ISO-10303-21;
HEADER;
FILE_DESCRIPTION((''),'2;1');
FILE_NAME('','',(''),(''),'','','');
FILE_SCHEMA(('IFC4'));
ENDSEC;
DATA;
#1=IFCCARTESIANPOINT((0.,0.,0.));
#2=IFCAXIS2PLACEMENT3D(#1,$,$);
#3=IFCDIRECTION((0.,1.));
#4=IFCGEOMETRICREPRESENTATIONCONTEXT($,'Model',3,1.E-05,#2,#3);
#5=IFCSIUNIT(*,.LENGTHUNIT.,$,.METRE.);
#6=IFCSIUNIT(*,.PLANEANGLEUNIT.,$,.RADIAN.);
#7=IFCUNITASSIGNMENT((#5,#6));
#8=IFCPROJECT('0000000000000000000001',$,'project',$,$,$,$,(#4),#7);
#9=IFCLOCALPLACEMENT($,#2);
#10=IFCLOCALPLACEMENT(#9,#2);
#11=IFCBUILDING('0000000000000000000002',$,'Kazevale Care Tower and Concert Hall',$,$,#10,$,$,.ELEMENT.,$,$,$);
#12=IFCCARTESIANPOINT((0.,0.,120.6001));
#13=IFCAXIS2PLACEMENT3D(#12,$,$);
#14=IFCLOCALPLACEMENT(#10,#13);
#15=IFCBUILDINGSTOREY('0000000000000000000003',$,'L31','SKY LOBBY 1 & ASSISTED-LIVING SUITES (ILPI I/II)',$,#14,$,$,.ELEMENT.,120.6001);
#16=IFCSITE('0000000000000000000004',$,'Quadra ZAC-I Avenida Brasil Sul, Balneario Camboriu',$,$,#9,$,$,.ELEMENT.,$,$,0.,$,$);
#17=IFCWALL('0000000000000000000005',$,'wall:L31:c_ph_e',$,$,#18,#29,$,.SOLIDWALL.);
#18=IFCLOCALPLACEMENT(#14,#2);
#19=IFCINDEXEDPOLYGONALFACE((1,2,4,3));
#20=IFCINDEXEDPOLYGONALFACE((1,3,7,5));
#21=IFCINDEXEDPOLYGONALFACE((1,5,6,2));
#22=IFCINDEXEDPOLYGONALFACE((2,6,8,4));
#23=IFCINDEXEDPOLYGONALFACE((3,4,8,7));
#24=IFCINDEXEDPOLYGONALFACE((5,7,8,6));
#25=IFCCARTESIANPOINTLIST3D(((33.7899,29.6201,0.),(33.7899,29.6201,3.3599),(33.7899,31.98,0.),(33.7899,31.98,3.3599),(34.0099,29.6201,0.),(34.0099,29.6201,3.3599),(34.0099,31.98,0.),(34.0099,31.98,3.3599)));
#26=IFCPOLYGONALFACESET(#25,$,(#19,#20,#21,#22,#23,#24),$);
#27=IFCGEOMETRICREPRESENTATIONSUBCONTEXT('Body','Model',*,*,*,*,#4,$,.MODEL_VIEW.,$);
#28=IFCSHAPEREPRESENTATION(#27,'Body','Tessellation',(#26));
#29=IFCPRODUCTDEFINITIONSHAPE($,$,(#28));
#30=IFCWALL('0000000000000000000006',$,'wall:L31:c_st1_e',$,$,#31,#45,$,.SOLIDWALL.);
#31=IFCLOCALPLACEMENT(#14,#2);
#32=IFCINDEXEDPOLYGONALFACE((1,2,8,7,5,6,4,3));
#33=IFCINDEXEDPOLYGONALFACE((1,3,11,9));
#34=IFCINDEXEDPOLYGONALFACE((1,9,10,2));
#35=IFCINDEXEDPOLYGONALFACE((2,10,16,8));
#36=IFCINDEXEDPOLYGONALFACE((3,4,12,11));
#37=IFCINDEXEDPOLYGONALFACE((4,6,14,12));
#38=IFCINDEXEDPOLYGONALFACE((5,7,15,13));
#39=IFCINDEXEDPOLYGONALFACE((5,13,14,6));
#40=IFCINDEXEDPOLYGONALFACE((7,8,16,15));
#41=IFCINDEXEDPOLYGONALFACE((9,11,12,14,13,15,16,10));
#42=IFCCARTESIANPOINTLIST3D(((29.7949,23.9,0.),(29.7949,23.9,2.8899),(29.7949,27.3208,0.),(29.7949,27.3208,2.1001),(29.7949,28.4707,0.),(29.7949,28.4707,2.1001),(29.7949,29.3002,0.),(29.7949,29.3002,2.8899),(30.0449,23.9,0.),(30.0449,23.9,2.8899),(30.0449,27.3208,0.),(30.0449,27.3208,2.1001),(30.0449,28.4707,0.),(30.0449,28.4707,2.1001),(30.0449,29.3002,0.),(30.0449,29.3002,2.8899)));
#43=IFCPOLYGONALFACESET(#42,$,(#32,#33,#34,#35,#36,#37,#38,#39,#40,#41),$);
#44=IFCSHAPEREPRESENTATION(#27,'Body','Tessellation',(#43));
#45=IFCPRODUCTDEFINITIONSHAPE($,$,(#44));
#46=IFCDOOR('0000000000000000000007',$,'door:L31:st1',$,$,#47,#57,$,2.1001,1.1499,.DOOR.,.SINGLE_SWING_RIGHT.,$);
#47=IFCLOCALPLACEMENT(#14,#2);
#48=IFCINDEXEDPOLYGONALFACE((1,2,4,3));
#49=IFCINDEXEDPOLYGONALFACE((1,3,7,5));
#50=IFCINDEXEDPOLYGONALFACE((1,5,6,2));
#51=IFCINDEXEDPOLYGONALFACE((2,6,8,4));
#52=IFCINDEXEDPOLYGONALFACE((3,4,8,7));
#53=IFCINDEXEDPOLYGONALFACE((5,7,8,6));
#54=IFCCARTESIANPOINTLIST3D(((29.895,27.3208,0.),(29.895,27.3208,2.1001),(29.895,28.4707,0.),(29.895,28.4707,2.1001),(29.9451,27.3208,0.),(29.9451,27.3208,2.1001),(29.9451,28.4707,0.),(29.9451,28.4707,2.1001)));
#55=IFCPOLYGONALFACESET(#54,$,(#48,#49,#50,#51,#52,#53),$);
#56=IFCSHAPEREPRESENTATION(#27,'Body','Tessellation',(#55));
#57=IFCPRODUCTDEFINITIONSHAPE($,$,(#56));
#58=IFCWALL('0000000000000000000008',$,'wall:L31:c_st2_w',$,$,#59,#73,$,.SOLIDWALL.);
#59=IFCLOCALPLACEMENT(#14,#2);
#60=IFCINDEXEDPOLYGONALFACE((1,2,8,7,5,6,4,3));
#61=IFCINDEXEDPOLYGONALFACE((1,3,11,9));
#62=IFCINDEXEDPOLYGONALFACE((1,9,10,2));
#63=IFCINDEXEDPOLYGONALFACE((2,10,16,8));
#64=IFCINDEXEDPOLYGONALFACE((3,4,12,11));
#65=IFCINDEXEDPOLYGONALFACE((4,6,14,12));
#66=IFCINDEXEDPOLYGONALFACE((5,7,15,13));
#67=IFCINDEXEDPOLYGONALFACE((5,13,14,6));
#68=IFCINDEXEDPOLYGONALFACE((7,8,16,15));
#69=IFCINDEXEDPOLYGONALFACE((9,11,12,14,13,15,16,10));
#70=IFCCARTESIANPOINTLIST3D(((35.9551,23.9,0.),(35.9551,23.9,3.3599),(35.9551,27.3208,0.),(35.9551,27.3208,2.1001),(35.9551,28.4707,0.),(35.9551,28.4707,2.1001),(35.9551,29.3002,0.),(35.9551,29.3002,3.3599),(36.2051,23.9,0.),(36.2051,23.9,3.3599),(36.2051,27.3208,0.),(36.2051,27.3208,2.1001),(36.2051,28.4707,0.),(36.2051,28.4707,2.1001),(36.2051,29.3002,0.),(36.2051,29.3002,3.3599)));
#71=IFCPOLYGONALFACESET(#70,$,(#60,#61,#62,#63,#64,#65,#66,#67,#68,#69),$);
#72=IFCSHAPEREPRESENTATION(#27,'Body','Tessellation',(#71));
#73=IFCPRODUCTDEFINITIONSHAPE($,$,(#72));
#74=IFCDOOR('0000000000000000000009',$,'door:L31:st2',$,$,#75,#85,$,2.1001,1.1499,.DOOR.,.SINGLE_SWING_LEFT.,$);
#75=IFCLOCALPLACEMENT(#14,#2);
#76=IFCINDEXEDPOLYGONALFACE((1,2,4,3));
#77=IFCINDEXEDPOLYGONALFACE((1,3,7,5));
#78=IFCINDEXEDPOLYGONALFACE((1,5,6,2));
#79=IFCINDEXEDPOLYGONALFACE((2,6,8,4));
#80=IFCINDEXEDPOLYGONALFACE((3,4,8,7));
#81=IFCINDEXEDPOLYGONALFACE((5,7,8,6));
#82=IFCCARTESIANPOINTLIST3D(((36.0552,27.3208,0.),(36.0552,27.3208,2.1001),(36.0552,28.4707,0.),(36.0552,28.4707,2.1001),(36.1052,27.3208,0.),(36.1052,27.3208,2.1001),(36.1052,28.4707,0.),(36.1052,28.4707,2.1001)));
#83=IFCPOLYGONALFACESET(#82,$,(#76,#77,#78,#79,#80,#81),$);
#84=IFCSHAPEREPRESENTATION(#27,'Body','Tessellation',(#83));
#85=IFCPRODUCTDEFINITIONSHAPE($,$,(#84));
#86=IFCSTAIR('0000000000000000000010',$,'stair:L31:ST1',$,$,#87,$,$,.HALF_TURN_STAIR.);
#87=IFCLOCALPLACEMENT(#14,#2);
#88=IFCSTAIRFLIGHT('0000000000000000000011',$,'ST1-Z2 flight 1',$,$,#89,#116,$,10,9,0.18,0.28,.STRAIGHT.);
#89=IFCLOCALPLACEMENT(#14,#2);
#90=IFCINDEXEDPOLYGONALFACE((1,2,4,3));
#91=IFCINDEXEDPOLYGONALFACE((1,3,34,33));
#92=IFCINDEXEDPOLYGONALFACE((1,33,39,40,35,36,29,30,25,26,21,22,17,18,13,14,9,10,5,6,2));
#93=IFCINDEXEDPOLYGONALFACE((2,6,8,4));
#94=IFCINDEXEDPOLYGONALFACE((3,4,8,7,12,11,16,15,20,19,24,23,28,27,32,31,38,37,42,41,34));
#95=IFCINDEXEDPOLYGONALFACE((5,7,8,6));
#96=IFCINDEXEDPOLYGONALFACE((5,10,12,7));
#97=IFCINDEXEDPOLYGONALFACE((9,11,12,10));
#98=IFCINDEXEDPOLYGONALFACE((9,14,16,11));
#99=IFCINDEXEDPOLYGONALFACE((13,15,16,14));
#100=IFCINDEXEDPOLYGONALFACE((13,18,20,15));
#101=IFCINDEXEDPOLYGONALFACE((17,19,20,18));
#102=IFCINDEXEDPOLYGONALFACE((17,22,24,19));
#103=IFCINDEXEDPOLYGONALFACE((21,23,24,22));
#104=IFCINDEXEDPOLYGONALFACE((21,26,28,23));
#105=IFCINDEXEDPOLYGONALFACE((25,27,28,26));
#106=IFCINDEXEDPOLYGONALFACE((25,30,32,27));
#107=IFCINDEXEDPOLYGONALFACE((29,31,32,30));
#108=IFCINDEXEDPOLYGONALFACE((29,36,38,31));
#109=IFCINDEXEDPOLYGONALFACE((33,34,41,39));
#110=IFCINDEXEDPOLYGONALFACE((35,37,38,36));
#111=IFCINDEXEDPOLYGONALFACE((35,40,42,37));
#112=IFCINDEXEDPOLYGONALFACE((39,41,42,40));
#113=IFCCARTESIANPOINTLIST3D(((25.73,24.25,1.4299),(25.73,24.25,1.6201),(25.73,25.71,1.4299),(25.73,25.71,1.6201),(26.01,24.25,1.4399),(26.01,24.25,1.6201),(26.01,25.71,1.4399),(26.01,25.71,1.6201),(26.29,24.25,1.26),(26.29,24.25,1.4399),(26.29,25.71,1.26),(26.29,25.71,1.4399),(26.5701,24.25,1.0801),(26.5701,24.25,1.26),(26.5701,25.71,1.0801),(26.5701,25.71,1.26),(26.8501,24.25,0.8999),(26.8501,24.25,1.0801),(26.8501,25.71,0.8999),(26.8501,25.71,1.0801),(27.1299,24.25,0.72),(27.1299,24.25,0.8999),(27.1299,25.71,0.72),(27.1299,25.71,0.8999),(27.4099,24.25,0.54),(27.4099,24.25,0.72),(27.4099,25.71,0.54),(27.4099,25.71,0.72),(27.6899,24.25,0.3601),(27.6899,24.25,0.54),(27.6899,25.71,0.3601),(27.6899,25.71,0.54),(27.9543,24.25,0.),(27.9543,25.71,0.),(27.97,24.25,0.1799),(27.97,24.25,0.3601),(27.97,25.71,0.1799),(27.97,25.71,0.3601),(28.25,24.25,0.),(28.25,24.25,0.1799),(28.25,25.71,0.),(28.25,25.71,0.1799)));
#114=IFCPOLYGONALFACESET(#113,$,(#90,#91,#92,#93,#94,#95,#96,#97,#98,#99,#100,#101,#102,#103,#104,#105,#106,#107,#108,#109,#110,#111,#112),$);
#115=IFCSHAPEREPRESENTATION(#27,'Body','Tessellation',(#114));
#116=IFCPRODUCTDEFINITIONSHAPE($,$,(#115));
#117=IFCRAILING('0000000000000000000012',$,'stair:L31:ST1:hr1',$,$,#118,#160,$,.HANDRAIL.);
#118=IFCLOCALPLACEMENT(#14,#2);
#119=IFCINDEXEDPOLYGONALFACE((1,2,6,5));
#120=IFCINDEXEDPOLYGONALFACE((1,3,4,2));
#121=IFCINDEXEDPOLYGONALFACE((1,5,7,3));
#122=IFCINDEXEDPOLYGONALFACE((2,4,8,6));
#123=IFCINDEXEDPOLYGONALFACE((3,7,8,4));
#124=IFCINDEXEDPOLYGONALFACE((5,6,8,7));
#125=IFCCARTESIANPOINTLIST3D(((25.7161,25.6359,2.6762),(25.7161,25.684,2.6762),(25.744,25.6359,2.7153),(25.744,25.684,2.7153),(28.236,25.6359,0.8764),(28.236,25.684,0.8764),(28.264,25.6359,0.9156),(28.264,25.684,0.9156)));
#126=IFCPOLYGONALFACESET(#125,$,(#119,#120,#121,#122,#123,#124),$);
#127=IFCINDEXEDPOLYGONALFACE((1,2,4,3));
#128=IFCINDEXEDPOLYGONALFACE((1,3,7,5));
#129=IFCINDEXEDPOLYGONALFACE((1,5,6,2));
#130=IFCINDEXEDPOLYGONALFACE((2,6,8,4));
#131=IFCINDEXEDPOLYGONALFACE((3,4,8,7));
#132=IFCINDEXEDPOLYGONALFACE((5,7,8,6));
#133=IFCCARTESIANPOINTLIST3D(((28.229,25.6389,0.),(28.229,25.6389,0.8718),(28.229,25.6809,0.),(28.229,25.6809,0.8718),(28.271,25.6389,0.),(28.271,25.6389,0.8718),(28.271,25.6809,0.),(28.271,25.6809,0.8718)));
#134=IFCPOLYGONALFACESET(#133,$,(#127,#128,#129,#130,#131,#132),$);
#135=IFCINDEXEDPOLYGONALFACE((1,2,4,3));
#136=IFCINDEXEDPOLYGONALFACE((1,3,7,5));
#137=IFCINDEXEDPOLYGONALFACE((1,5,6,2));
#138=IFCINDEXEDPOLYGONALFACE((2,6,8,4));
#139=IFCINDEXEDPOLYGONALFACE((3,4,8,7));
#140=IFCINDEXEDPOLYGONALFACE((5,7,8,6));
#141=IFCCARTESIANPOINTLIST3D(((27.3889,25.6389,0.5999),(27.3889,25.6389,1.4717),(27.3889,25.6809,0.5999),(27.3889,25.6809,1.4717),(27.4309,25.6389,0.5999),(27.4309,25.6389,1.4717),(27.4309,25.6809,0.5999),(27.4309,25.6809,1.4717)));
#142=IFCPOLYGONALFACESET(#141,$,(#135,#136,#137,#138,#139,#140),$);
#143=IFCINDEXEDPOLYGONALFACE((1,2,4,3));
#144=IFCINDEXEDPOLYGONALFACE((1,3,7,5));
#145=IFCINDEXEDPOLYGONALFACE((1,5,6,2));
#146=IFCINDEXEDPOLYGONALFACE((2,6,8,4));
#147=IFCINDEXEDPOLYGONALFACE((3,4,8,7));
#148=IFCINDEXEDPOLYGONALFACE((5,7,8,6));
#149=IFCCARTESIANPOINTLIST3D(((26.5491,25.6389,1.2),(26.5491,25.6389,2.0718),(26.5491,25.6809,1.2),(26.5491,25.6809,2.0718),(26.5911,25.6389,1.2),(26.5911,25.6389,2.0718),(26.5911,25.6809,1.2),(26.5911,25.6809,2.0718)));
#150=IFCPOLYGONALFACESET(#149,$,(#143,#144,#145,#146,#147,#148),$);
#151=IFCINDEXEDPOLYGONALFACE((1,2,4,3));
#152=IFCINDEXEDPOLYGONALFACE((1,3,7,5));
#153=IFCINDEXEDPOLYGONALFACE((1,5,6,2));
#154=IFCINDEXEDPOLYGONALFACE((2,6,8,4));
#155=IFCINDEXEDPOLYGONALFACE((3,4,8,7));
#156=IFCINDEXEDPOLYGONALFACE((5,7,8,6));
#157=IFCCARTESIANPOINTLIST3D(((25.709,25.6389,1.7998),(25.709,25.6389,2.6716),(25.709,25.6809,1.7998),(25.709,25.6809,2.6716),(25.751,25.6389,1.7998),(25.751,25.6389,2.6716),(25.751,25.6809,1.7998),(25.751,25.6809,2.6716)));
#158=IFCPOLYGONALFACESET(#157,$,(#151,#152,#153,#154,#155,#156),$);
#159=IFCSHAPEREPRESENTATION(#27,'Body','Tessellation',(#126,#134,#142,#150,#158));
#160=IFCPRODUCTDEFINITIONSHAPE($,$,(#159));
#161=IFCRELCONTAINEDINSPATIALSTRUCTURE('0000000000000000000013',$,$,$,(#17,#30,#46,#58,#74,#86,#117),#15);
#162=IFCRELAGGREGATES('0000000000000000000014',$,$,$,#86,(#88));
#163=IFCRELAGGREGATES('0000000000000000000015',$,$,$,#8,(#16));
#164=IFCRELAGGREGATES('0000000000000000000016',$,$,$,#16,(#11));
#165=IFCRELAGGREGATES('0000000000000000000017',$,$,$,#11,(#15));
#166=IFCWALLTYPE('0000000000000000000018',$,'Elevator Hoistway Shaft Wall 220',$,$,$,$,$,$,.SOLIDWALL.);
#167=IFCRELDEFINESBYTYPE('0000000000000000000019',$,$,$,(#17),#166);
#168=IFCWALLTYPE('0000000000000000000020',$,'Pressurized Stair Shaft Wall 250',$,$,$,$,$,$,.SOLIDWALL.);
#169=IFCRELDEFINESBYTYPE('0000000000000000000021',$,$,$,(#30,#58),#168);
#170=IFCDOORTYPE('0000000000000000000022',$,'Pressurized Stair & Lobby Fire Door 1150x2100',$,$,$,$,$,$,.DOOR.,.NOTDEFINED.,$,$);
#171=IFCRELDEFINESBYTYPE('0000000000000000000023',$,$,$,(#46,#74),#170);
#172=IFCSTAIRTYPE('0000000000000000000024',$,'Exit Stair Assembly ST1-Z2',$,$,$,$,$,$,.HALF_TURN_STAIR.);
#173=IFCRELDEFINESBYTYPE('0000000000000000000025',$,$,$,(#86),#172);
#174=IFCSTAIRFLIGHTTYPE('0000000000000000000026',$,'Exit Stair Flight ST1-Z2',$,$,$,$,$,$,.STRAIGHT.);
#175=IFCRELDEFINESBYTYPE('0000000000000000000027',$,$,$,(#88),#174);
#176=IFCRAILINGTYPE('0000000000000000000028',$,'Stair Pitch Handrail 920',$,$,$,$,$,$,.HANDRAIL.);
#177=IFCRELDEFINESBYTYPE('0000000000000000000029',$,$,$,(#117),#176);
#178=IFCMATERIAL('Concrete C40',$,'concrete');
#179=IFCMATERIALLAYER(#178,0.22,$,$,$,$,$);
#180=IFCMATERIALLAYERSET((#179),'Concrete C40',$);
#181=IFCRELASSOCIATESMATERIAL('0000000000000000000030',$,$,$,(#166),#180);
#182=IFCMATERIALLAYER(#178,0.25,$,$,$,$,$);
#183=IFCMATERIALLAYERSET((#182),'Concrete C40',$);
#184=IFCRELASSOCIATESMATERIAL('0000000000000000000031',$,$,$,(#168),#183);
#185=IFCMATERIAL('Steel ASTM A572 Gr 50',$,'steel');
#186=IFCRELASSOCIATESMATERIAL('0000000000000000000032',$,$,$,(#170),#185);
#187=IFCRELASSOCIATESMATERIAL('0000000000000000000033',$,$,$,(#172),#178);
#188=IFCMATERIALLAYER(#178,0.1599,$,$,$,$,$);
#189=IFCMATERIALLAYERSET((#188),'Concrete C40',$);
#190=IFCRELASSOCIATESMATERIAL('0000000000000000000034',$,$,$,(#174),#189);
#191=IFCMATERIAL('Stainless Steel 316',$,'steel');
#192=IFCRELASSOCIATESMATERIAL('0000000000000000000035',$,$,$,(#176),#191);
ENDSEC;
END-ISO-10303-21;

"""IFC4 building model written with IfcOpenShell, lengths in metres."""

from ifc_helpers import new_model, si_unit, direction, frame, frame_2d, origin, origin_2d, place, context, subcontext, project, spatial, polyline, rectangle, outline, extrude, material, layer, layer_set, type_object, element, fill, aggregate, save


model = new_model("IFC4")

# Units and contexts
model_context = context("Model", 3, precision=1e-05, world=origin(), true_north=direction((0.0, 1.0)))
body_context = subcontext(model_context, "Body", "Model", "MODEL_VIEW")
ifc_project = project(units=[si_unit("LENGTHUNIT", "METRE"), si_unit("PLANEANGLEUNIT", "RADIAN")], contexts=[model_context])

# Site, building, storey
site_placement = place(None, origin())
site = spatial("IfcSite", under=ifc_project, at=site_placement, Name="Quadra ZAC-I Avenida Brasil Sul, Balneario Camboriu", CompositionType="ELEMENT", RefElevation=0.0)
building_placement = place(site_placement, origin())
building = spatial("IfcBuilding", under=site, at=building_placement, Name="Kazevale Care Tower and Concert Hall", CompositionType="ELEMENT")
storey_placement = place(building_placement, frame((0.0, 0.0, 120.6001)))
storey = spatial("IfcBuildingStorey", under=building, at=storey_placement, Name="L31", Description="SKY LOBBY 1 & ASSISTED-LIVING SUITES (ILPI I/II)", CompositionType="ELEMENT", Elevation=120.6001)

# Shared definitions
ifc_material_1 = material(Name="Steel ASTM A572 Gr 50", Category="steel")

# Shared definitions
ifc_material_2 = material(Name="Concrete C40", Category="concrete")
ifc_layer_1 = layer(ifc_material_2, 0.22)
ifc_layer_set_1 = layer_set([ifc_layer_1], Name="Concrete C40")
wall_type_1 = type_object("IfcWallType", Name="Elevator Hoistway Shaft Wall 220", PredefinedType="SOLIDWALL", material=ifc_layer_set_1)
ifc_material_3 = material(Name="Stainless Steel 316", Category="steel")

# Wall
wall_1_placement = place(storey_placement, frame((33.8999, 29.6201, 0.0), z_axis=(0.0, 0.0, 1.0), x_axis=(0.0, 1.0, 0.0)))
element("IfcWall", 1, at=wall_1_placement, inside=storey, type_object=wall_type_1, Name="wall:L31:c_ph_e", PredefinedType="SOLIDWALL", context=body_context, shape_type="SweptSolid", body=[
    extrude(rectangle(XDim=2.3599, YDim=0.22, at=frame_2d((1.1799, 0.0))), origin(), (0.0, 0.0, 1.0), 3.3599),
])

# Walls, openings, doors
ifc_layer_2 = layer(ifc_material_2, 0.25)
ifc_layer_set_2 = layer_set([ifc_layer_2], Name="Concrete C40")
wall_type_2 = type_object("IfcWallType", Name="Pressurized Stair Shaft Wall 250", PredefinedType="SOLIDWALL", material=ifc_layer_set_2)
wall_2_placement = place(storey_placement, frame((29.9199, 23.8999, 0.0), z_axis=(0.0, 0.0, 1.0), x_axis=(0.0, 1.0, 0.0)))
wall_2 = element("IfcWall", 2, at=wall_2_placement, inside=storey, type_object=wall_type_2, Name="wall:L31:c_st1_e", PredefinedType="SOLIDWALL", context=body_context, shape_type="SweptSolid", body=[
    extrude(rectangle(XDim=5.4001, YDim=0.25, at=frame_2d((2.7002, 0.0))), origin(), (0.0, 0.0, 1.0), 2.8899),
])
opening_1_placement = place(wall_2_placement, frame((3.4209, 0.0, 0.0)))
opening_1 = element("IfcOpeningElement", 3, at=opening_1_placement, cuts=wall_2, PredefinedType="OPENING", context=body_context, shape_type="SweptSolid", body=[
    extrude(rectangle(XDim=1.1499, YDim=2.1001, at=frame_2d((0.575, 1.05))), frame((0.0, 0.135, 0.0), z_axis=(0.0, -1.0, 0.0), x_axis=(1.0, 0.0, 0.0)), (0.0, 0.0, 1.0), 0.27),
])
door_type_1 = type_object("IfcDoorType", Name="Pressurized Stair & Lobby Fire Door 1150x2100", OperationType="NOTDEFINED", PredefinedType="DOOR", material=ifc_material_1)
door_1_placement = place(opening_1_placement, origin())
door_1 = element("IfcDoor", 4, at=door_1_placement, inside=storey, type_object=door_type_1, Name="door:L31:st1", OperationType="SINGLE_SWING_RIGHT", OverallHeight=2.1001, OverallWidth=1.1499, PredefinedType="DOOR", context=body_context, shape_type="SweptSolid", body=[
    extrude(rectangle(XDim=1.1499, YDim=2.1001, at=frame_2d((0.575, 1.05))), frame((0.0, 0.0249, 0.0), z_axis=(0.0, -1.0, 0.0), x_axis=(1.0, 0.0, 0.0)), (0.0, 0.0, 1.0), 0.05),
])
fill(opening_1, door_1)
wall_3_placement = place(storey_placement, frame((36.0801, 23.8999, 0.0), z_axis=(0.0, 0.0, 1.0), x_axis=(0.0, 1.0, 0.0)))
wall_3 = element("IfcWall", 5, at=wall_3_placement, inside=storey, type_object=wall_type_2, Name="wall:L31:c_st2_w", PredefinedType="SOLIDWALL", context=body_context, shape_type="SweptSolid", body=[
    extrude(rectangle(XDim=5.4001, YDim=0.25, at=frame_2d((2.7002, 0.0))), origin(), (0.0, 0.0, 1.0), 3.3599),
])
opening_2_placement = place(wall_3_placement, frame((3.4209, 0.0, 0.0)))
opening_2 = element("IfcOpeningElement", 6, at=opening_2_placement, cuts=wall_3, PredefinedType="OPENING", context=body_context, shape_type="SweptSolid", body=[
    extrude(rectangle(XDim=1.1499, YDim=2.1001, at=frame_2d((0.575, 1.05))), frame((0.0, 0.135, 0.0), z_axis=(0.0, -1.0, 0.0), x_axis=(1.0, 0.0, 0.0)), (0.0, 0.0, 1.0), 0.27),
])
door_2_placement = place(opening_2_placement, origin())
door_2 = element("IfcDoor", 7, at=door_2_placement, inside=storey, type_object=door_type_1, Name="door:L31:st2", OperationType="SINGLE_SWING_LEFT", OverallHeight=2.1001, OverallWidth=1.1499, PredefinedType="DOOR", context=body_context, shape_type="SweptSolid", body=[
    extrude(rectangle(XDim=1.1499, YDim=2.1001, at=frame_2d((0.575, 1.05))), frame((0.0, 0.0249, 0.0), z_axis=(0.0, -1.0, 0.0), x_axis=(1.0, 0.0, 0.0)), (0.0, 0.0, 1.0), 0.05),
])
fill(opening_2, door_2)

# Stair, stair flight
stair_type = type_object("IfcStairType", Name="Exit Stair Assembly ST1-Z2", PredefinedType="HALF_TURN_STAIR", material=ifc_material_2)
stair_placement = place(storey_placement, origin())
stair = element("IfcStair", 8, at=stair_placement, inside=storey, type_object=stair_type, Name="stair:L31:ST1", PredefinedType="HALF_TURN_STAIR")
ifc_layer_3 = layer(ifc_material_2, 0.1599)
ifc_layer_set_3 = layer_set([ifc_layer_3], Name="Concrete C40")
stair_flight_type = type_object("IfcStairFlightType", Name="Exit Stair Flight ST1-Z2", PredefinedType="STRAIGHT", material=ifc_layer_set_3)
stair_flight_placement = place(storey_placement, frame((28.25, 24.98, 0.0), z_axis=(0.0, 0.0, 1.0), x_axis=(-1.0, 0.0, 0.0)))
stair_flight = element("IfcStairFlight", 9, at=stair_flight_placement, type_object=stair_flight_type, Name="ST1-Z2 flight 1", NumberOfRisers=10, NumberOfTreads=9, PredefinedType="STRAIGHT", RiserHeight=0.18, TreadLength=0.28, context=body_context, shape_type="SweptSolid", body=[
    extrude(outline(polyline([(0.0, 0.0), (0.0, 0.1799), (0.28, 0.1799), (0.28, 0.3601), (0.5601, 0.3601), (0.5601, 0.54), (0.8401, 0.54), (0.8401, 0.72), (1.1201, 0.72), (1.1201, 0.8999), (1.3999, 0.8999), (1.3999, 1.0801), (1.6799, 1.0801), (1.6799, 1.26), (1.96, 1.26), (1.96, 1.4399), (2.24, 1.4399), (2.24, 1.6201), (2.52, 1.6201), (2.52, 1.8), (2.52, 1.4299), (0.2957, 0.0), (0.0, 0.0)])), frame((0.0, 0.73, 0.0), z_axis=(0.0, -1.0, 0.0), x_axis=(1.0, 0.0, 0.0)), (0.0, 0.0, 1.0), 1.46),
])
aggregate(stair, [stair_flight])

# Railing
railing_type_1 = type_object("IfcRailingType", Name="Stair Pitch Handrail 920", PredefinedType="HANDRAIL", material=ifc_material_3)
railing_1_placement = place(storey_placement, frame((28.25, 25.6599, 0.0)))
element("IfcRailing", 10, at=railing_1_placement, inside=storey, type_object=railing_type_1, Name="stair:L31:ST1:hr1", PredefinedType="HANDRAIL", context=body_context, shape_type="SweptSolid", body=[
    extrude(rectangle(XDim=0.0481, YDim=0.0481, at=origin_2d()), frame((0.0, 0.0, 0.896), z_axis=(-0.813765, 0.0, 0.581193), x_axis=(0.0, -1.0, 0.0)), (0.0, 0.0, 1.0), 3.0967),
    extrude(rectangle(XDim=0.042, YDim=0.042, at=origin_2d()), origin(), (0.0, 0.0, 1.0), 0.8718),
    extrude(rectangle(XDim=0.042, YDim=0.042, at=origin_2d()), frame((-0.8401, 0.0, 0.5999)), (0.0, 0.0, 1.0), 0.8718),
    extrude(rectangle(XDim=0.042, YDim=0.042, at=origin_2d()), frame((-1.6799, 0.0, 1.2)), (0.0, 0.0, 1.0), 0.8718),
    extrude(rectangle(XDim=0.042, YDim=0.042, at=origin_2d()), frame((-2.52, 0.0, 1.7998)), (0.0, 0.0, 1.0), 0.8718),
])

save(model, "model.ifc")
